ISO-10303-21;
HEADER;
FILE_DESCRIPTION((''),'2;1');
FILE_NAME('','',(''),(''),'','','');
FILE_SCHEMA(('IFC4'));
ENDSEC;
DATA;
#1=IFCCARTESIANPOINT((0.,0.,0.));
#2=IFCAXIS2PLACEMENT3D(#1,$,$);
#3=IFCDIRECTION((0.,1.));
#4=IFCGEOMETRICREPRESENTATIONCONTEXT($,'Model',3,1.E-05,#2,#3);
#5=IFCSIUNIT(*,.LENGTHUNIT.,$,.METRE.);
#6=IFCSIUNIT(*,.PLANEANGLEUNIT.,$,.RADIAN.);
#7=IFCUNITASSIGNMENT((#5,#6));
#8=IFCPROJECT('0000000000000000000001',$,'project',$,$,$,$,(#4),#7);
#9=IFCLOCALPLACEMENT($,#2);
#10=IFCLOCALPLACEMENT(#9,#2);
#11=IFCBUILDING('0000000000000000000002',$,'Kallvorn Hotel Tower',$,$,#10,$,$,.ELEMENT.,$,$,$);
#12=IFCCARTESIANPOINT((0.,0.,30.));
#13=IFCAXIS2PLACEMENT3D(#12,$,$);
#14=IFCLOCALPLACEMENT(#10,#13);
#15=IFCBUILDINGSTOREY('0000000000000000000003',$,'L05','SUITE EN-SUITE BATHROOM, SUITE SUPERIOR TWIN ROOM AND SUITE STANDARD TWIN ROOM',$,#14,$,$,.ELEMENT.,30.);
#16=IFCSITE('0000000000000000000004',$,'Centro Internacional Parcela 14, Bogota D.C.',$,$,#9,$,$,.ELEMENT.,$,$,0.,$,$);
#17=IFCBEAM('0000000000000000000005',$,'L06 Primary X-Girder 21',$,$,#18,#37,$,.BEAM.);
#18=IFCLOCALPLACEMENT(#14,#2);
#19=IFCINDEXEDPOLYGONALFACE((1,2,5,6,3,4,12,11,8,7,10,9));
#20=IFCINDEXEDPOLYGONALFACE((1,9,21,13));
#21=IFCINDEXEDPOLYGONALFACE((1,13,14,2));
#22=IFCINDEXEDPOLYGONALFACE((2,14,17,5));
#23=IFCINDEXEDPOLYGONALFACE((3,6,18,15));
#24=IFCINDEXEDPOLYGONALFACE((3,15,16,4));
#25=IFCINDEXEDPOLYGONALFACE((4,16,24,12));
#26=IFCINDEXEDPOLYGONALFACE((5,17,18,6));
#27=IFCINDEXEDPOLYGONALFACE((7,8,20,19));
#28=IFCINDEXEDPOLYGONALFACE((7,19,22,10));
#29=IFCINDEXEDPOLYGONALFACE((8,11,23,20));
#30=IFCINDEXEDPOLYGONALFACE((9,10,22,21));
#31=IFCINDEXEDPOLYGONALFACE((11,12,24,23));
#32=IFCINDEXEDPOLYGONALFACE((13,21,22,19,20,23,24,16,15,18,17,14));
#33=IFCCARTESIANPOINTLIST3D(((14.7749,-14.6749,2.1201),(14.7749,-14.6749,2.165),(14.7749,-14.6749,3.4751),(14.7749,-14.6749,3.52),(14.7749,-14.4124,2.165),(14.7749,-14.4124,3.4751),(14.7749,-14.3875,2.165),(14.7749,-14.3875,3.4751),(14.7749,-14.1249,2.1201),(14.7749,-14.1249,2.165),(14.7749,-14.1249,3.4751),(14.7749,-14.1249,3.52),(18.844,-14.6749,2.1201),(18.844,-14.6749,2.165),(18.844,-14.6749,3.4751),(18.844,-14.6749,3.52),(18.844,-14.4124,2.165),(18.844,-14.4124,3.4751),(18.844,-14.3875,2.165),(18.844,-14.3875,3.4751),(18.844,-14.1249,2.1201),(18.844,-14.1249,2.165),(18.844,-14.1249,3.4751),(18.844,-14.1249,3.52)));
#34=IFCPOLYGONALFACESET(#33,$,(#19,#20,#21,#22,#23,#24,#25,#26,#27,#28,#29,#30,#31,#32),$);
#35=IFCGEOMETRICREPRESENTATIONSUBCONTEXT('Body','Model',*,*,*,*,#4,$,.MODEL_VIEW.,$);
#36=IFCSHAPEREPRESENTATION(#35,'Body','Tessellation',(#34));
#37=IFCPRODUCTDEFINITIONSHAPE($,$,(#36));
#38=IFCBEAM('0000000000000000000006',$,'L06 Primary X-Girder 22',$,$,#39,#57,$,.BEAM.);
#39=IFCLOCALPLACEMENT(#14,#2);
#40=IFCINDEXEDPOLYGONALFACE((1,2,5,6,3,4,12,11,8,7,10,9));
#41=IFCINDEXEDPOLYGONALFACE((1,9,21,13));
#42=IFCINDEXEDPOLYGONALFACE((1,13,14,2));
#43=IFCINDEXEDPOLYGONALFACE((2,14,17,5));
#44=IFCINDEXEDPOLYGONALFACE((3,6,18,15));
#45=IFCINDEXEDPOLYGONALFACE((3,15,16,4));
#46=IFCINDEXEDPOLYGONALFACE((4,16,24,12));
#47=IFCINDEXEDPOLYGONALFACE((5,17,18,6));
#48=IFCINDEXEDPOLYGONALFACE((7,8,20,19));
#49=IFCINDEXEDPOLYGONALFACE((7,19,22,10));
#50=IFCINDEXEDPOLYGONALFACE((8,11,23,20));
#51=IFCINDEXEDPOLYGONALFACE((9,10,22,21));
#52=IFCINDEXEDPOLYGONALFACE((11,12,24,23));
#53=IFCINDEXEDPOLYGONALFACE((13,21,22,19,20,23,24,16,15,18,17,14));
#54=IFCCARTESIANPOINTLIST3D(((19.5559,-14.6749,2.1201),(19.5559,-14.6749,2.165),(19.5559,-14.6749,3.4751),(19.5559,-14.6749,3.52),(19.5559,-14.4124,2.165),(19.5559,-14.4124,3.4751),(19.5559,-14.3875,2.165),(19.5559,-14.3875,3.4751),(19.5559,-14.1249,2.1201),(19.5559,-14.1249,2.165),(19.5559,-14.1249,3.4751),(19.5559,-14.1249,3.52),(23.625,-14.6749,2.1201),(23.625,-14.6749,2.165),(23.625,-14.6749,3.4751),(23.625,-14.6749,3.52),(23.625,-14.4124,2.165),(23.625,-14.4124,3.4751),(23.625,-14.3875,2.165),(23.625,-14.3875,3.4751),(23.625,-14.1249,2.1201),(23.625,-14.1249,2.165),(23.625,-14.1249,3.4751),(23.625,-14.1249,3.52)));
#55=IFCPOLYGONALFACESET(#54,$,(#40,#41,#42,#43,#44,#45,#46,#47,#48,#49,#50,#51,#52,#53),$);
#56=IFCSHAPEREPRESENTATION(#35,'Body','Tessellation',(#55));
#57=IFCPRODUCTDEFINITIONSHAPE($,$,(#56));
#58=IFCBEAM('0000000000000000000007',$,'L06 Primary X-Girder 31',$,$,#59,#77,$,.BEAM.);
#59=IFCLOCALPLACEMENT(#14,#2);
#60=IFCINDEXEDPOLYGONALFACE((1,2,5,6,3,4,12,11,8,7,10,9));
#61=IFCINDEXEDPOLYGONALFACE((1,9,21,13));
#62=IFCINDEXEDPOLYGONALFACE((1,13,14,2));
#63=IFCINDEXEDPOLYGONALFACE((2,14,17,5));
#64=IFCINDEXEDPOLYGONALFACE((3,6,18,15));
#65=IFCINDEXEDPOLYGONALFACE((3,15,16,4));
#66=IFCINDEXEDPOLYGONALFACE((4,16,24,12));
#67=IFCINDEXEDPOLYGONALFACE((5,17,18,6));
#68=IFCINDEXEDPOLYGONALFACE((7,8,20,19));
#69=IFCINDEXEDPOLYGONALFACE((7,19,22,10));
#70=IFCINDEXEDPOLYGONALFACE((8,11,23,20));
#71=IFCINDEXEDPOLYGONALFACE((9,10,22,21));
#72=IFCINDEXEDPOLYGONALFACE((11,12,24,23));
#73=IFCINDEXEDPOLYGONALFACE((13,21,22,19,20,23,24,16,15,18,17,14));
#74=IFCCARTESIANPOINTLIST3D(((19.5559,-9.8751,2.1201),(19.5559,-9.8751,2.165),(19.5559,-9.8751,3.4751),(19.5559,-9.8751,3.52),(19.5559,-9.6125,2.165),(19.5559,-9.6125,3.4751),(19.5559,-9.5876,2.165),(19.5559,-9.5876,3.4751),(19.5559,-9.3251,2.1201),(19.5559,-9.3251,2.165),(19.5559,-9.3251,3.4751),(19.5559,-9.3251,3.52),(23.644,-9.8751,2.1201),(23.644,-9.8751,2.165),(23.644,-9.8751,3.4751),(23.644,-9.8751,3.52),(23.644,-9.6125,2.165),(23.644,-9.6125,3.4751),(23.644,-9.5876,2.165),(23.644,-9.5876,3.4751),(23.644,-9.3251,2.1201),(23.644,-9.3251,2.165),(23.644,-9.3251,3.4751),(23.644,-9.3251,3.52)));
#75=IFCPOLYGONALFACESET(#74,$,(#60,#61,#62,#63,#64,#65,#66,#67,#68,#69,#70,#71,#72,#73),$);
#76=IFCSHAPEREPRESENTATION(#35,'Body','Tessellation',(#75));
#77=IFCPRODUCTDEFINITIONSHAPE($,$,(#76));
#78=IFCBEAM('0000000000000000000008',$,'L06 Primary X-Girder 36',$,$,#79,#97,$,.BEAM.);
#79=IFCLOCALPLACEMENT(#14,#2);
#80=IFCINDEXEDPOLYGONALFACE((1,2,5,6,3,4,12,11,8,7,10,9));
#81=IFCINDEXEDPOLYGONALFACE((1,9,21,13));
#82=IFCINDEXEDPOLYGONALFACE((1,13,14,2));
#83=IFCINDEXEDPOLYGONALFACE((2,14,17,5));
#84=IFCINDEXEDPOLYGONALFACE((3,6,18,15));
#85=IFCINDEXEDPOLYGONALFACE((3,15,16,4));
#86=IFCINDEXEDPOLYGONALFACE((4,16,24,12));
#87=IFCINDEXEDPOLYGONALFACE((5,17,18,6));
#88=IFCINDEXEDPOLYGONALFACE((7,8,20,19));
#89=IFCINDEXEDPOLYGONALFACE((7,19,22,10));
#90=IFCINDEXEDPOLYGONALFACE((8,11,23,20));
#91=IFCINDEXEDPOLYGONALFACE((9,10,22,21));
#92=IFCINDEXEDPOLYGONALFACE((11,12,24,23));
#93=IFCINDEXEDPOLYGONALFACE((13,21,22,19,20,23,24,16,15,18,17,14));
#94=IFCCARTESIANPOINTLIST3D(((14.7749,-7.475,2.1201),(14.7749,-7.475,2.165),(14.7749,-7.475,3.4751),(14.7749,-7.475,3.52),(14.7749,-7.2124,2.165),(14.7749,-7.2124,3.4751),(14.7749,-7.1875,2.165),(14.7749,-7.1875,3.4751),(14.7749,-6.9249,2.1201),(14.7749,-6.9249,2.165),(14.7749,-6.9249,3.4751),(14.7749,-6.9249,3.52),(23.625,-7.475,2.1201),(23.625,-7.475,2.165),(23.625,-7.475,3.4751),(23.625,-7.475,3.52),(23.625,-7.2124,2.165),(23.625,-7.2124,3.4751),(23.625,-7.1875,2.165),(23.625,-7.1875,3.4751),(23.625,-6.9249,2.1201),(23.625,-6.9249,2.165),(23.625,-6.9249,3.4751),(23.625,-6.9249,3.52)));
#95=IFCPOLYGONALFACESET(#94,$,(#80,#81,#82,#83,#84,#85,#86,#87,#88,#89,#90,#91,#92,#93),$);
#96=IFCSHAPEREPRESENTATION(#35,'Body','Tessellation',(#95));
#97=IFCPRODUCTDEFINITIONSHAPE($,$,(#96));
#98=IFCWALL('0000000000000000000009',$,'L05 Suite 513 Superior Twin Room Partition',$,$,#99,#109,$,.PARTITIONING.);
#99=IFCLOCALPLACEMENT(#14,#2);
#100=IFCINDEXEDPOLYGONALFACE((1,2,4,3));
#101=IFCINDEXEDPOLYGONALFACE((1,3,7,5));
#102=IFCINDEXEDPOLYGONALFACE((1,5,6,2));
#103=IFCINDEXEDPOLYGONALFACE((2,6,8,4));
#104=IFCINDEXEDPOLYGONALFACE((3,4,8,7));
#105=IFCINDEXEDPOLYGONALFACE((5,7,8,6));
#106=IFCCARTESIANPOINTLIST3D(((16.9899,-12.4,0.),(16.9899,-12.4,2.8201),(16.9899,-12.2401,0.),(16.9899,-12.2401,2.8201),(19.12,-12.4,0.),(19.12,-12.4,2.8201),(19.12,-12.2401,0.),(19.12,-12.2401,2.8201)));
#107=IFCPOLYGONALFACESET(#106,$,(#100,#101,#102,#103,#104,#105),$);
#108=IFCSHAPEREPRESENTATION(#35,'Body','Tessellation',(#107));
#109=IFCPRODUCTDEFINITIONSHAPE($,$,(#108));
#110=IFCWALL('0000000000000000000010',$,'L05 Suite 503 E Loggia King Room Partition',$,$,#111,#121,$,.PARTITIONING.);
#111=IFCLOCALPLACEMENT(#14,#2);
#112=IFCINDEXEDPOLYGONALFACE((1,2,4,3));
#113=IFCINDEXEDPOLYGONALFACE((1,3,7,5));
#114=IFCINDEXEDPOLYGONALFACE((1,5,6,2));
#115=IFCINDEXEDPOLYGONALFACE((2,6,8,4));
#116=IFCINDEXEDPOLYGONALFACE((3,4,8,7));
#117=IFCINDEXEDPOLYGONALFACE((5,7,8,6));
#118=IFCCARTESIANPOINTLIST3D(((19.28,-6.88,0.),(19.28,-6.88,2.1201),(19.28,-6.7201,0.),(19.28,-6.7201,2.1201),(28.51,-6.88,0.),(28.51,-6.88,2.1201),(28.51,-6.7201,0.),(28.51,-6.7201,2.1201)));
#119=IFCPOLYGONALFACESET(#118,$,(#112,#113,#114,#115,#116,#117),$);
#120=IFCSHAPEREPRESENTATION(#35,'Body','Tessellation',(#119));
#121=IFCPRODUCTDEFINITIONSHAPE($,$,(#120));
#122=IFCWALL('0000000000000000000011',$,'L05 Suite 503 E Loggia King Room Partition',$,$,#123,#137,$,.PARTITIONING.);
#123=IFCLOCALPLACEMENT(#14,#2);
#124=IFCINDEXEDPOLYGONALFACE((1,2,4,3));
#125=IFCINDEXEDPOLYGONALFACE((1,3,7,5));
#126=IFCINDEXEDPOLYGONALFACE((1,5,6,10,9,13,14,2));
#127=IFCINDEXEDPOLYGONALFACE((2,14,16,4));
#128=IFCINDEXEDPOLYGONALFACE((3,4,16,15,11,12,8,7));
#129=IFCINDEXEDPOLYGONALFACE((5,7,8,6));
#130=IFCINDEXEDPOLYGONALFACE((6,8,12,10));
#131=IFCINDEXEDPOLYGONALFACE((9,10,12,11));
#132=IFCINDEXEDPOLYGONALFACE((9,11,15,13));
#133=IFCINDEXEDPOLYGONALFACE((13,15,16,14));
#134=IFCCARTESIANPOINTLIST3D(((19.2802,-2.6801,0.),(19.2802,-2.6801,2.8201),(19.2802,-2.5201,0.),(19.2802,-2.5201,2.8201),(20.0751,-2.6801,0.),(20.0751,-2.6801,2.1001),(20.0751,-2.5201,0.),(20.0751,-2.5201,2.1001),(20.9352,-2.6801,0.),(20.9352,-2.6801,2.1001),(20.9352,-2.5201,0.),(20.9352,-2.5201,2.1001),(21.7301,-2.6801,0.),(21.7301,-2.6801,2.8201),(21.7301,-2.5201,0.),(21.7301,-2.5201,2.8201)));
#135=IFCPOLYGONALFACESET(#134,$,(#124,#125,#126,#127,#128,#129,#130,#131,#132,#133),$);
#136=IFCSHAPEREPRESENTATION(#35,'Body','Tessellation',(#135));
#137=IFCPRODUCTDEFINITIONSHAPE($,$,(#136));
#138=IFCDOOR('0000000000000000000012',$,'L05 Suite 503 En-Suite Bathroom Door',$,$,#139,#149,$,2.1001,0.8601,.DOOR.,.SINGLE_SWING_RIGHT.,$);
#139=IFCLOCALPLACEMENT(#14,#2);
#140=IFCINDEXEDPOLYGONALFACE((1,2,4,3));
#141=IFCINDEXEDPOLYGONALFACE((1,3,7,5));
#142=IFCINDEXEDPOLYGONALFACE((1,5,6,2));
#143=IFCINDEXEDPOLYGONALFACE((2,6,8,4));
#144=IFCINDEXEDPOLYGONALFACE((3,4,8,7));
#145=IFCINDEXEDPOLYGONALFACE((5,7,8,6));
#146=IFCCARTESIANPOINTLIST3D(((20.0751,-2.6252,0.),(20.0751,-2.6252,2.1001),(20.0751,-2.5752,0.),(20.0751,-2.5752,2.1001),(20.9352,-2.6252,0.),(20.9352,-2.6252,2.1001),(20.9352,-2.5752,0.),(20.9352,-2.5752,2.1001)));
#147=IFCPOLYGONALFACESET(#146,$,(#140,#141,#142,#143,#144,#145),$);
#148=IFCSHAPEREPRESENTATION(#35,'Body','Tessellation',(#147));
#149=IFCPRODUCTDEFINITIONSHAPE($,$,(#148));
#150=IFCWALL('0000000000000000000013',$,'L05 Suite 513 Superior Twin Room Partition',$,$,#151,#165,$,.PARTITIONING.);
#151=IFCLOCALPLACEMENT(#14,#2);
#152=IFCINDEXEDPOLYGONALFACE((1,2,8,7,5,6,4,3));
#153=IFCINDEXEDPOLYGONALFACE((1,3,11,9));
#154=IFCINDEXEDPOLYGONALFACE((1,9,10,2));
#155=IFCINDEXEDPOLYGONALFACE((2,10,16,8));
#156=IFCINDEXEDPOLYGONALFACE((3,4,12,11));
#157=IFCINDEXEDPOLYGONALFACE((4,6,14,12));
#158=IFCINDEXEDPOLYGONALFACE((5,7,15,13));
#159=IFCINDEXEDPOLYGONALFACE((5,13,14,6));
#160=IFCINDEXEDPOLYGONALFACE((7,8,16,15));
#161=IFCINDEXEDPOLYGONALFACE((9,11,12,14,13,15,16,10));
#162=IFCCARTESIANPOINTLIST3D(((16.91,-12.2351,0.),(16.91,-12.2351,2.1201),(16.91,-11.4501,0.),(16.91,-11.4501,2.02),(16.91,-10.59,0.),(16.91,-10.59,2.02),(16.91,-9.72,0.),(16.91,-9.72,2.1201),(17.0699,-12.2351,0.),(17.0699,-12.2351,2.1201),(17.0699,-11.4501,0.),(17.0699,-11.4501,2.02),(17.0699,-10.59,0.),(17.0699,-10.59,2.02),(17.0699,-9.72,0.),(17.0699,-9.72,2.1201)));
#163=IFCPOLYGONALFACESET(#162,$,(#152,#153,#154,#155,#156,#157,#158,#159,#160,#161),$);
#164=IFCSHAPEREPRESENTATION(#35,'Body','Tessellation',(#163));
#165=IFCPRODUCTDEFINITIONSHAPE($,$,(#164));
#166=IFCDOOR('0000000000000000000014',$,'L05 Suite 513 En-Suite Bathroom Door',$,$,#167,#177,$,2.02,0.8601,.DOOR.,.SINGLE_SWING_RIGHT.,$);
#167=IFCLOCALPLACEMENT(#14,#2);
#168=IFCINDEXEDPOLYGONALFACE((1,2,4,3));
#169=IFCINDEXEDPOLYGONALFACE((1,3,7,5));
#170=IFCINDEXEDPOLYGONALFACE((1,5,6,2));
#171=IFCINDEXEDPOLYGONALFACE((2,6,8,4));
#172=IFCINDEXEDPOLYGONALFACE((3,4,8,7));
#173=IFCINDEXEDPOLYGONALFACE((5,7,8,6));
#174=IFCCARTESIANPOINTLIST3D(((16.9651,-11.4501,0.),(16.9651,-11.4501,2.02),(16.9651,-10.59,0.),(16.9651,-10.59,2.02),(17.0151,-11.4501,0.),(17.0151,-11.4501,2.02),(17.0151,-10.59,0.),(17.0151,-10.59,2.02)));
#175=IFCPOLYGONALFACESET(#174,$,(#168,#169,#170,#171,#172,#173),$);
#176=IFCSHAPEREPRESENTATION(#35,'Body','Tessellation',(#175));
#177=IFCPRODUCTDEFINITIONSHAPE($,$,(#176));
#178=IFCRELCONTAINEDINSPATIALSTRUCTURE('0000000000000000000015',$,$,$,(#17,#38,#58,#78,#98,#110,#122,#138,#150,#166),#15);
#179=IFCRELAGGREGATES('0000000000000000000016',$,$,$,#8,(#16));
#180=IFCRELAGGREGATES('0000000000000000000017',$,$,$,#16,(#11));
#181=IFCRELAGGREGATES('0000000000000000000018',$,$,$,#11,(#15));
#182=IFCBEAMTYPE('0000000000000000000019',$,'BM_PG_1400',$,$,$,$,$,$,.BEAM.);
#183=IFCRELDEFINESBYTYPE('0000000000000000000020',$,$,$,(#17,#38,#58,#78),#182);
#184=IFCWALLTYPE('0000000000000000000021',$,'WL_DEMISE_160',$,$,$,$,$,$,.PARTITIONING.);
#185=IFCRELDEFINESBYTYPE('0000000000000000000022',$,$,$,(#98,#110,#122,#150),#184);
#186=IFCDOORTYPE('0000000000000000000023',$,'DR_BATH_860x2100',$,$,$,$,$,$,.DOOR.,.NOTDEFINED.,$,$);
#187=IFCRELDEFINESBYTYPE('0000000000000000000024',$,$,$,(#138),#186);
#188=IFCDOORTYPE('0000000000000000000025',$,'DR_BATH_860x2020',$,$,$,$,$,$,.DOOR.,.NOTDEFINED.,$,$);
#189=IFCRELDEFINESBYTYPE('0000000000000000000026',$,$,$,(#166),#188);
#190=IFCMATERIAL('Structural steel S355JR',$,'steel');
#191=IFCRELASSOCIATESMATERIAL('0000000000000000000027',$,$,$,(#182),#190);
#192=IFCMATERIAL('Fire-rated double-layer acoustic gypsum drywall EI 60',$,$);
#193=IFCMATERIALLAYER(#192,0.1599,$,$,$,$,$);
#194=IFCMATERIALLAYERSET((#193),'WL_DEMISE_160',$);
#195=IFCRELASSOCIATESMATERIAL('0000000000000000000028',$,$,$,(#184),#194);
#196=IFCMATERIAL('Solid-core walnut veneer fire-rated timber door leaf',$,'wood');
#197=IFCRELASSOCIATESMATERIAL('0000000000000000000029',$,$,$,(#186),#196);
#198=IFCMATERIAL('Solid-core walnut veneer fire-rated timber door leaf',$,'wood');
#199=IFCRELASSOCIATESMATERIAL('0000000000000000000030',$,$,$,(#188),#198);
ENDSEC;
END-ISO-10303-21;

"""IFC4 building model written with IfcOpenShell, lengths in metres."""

from ifc_helpers import new_model, si_unit, direction, frame, frame_2d, origin, origin_2d, place, context, subcontext, project, spatial, rectangle, i_section, extrude, material, layer, layer_set, material_profile, profile_set, type_object, element, fill, save


model = new_model("IFC4")

# Units and contexts
model_context = context("Model", 3, precision=1e-05, world=origin(), true_north=direction((0.0, 1.0)))
body_context = subcontext(model_context, "Body", "Model", "MODEL_VIEW")
ifc_project = project(units=[si_unit("LENGTHUNIT", "METRE"), si_unit("PLANEANGLEUNIT", "RADIAN")], contexts=[model_context])

# Site, building, storey
site_placement = place(None, origin())
site = spatial("IfcSite", under=ifc_project, at=site_placement, Name="Centro Internacional Parcela 14, Bogota D.C.", CompositionType="ELEMENT", RefElevation=0.0)
building_placement = place(site_placement, origin())
building = spatial("IfcBuilding", under=site, at=building_placement, Name="Kallvorn Hotel Tower", CompositionType="ELEMENT")
storey_placement = place(building_placement, frame((0.0, 0.0, 30.0)))
storey = spatial("IfcBuildingStorey", under=building, at=storey_placement, Name="L05", Description="SUITE EN-SUITE BATHROOM, SUITE SUPERIOR TWIN ROOM AND SUITE STANDARD TWIN ROOM", CompositionType="ELEMENT", Elevation=30.0)

# Beams
ifc_material_1 = material(Name="Structural steel S355JR", Category="steel")
ifc_material_profile_1 = material_profile(ifc_material_1, i_section(OverallWidth=0.55, OverallDepth=1.3999, WebThickness=0.0249, FlangeThickness=0.0449, at=origin_2d()), Name="PG 1400x550x25x45")
ifc_profile_set_1 = profile_set([ifc_material_profile_1], Name="Structural steel S355JR")
beam_type_1 = type_object("IfcBeamType", Name="BM_PG_1400", PredefinedType="BEAM", material=ifc_profile_set_1)
for number, where, z_axis, x_axis, name in (
    (1, (14.7749, -14.3999, 2.8201), (1.0, 0.0, 0.0), (0.0, 1.0, 0.0), "L06 Primary X-Girder 21"),
    (2, (19.5559, -14.3999, 2.8201), (1.0, 0.0, 0.0), (0.0, 1.0, 0.0), "L06 Primary X-Girder 22"),
):
    element("IfcBeam", number, at=place(storey_placement, frame(where, z_axis=z_axis, x_axis=x_axis)), inside=storey, type_object=beam_type_1, Name=name, PredefinedType="BEAM", context=body_context, shape_type="SweptSolid", body=[
        extrude(i_section(OverallWidth=0.55, OverallDepth=1.3999, WebThickness=0.0249, FlangeThickness=0.0449, at=origin_2d()), origin(), (0.0, 0.0, 1.0), 4.0691),
    ])
beam_1_placement = place(storey_placement, frame((19.5559, -9.6001, 2.8201), z_axis=(1.0, 0.0, 0.0), x_axis=(0.0, 1.0, 0.0)))
element("IfcBeam", 3, at=beam_1_placement, inside=storey, type_object=beam_type_1, Name="L06 Primary X-Girder 31", PredefinedType="BEAM", context=body_context, shape_type="SweptSolid", body=[
    extrude(i_section(OverallWidth=0.55, OverallDepth=1.3999, WebThickness=0.0249, FlangeThickness=0.0449, at=origin_2d()), origin(), (0.0, 0.0, 1.0), 4.0881),
])
beam_2_placement = place(storey_placement, frame((14.7749, -7.2, 2.8201), z_axis=(1.0, 0.0, 0.0), x_axis=(0.0, 1.0, 0.0)))
element("IfcBeam", 4, at=beam_2_placement, inside=storey, type_object=beam_type_1, Name="L06 Primary X-Girder 36", PredefinedType="BEAM", context=body_context, shape_type="SweptSolid", body=[
    extrude(i_section(OverallWidth=0.55, OverallDepth=1.3999, WebThickness=0.0249, FlangeThickness=0.0449, at=origin_2d()), origin(), (0.0, 0.0, 1.0), 8.8501),
])

# Walls
ifc_material_2 = material(Name="Fire-rated double-layer acoustic gypsum drywall EI 60")
ifc_layer = layer(ifc_material_2, 0.1599)
ifc_layer_set = layer_set([ifc_layer], Name="WL_DEMISE_160")
wall_type = type_object("IfcWallType", Name="WL_DEMISE_160", PredefinedType="PARTITIONING", material=ifc_layer_set)
wall_1_placement = place(storey_placement, frame((16.99, -12.3201, 0.0), z_axis=(0.0, 0.0, 1.0), x_axis=(1.0, 0.0, 0.0)))
element("IfcWall", 5, at=wall_1_placement, inside=storey, type_object=wall_type, Name="L05 Suite 513 Superior Twin Room Partition", PredefinedType="PARTITIONING", context=body_context, shape_type="SweptSolid", body=[
    extrude(rectangle(XDim=2.1301, YDim=0.1599, at=frame_2d((1.0649, 0.0))), origin(), (0.0, 0.0, 1.0), 2.8201),
])
wall_2_placement = place(storey_placement, frame((19.28, -6.8, 0.0), z_axis=(0.0, 0.0, 1.0), x_axis=(1.0, 0.0, 0.0)))
element("IfcWall", 6, at=wall_2_placement, inside=storey, type_object=wall_type, Name="L05 Suite 503 E Loggia King Room Partition", PredefinedType="PARTITIONING", context=body_context, shape_type="SweptSolid", body=[
    extrude(rectangle(XDim=9.23, YDim=0.1599, at=frame_2d((4.615, 0.0))), origin(), (0.0, 0.0, 1.0), 2.1201),
])

# Walls, openings, doors
wall_3_placement = place(storey_placement, frame((19.28, -2.6001, 0.0), z_axis=(0.0, 0.0, 1.0), x_axis=(1.0, 0.0, 0.0)))
wall_3 = element("IfcWall", 7, at=wall_3_placement, inside=storey, type_object=wall_type, Name="L05 Suite 503 E Loggia King Room Partition", PredefinedType="PARTITIONING", context=body_context, shape_type="SweptSolid", body=[
    extrude(rectangle(XDim=2.45, YDim=0.1599, at=frame_2d((1.2251, 0.0))), origin(), (0.0, 0.0, 1.0), 2.8201),
])
opening_1_placement = place(wall_3_placement, frame((0.7949, 0.0, 0.0)))
opening_1 = element("IfcOpeningElement", 8, at=opening_1_placement, cuts=wall_3, PredefinedType="OPENING", context=body_context, shape_type="SweptSolid", body=[
    extrude(rectangle(XDim=0.8601, YDim=2.1001, at=frame_2d((0.4302, 1.05))), frame((0.0, 0.095, 0.0), z_axis=(0.0, -1.0, 0.0), x_axis=(1.0, 0.0, 0.0)), (0.0, 0.0, 1.0), 0.1899),
])
ifc_material_3 = material(Name="Solid-core walnut veneer fire-rated timber door leaf", Category="wood")
door_type_1 = type_object("IfcDoorType", Name="DR_BATH_860x2100", OperationType="NOTDEFINED", PredefinedType="DOOR", material=ifc_material_3)
door_1_placement = place(opening_1_placement, origin())
door_1 = element("IfcDoor", 9, at=door_1_placement, inside=storey, type_object=door_type_1, Name="L05 Suite 503 En-Suite Bathroom Door", OperationType="SINGLE_SWING_RIGHT", OverallHeight=2.1001, OverallWidth=0.8601, PredefinedType="DOOR", context=body_context, shape_type="SweptSolid", body=[
    extrude(rectangle(XDim=0.8601, YDim=2.1001, at=frame_2d((0.4302, 1.05))), frame((0.0, 0.0249, 0.0), z_axis=(0.0, -1.0, 0.0), x_axis=(1.0, 0.0, 0.0)), (0.0, 0.0, 1.0), 0.05),
])
fill(opening_1, door_1)
wall_4_placement = place(storey_placement, frame((16.99, -12.2351, 0.0), z_axis=(0.0, 0.0, 1.0), x_axis=(0.0, 1.0, 0.0)))
wall_4 = element("IfcWall", 10, at=wall_4_placement, inside=storey, type_object=wall_type, Name="L05 Suite 513 Superior Twin Room Partition", PredefinedType="PARTITIONING", context=body_context, shape_type="SweptSolid", body=[
    extrude(rectangle(XDim=2.5151, YDim=0.1599, at=frame_2d((1.2576, 0.0))), origin(), (0.0, 0.0, 1.0), 2.1201),
])
opening_2_placement = place(wall_4_placement, frame((0.7849, 0.0, 0.0)))
opening_2 = element("IfcOpeningElement", 11, at=opening_2_placement, cuts=wall_4, PredefinedType="OPENING", context=body_context, shape_type="SweptSolid", body=[
    extrude(rectangle(XDim=0.8601, YDim=2.02, at=frame_2d((0.4302, 1.01))), frame((0.0, 0.095, 0.0), z_axis=(0.0, -1.0, 0.0), x_axis=(1.0, 0.0, 0.0)), (0.0, 0.0, 1.0), 0.1899),
])
ifc_material_4 = material(Name="Solid-core walnut veneer fire-rated timber door leaf", Category="wood")
door_type_2 = type_object("IfcDoorType", Name="DR_BATH_860x2020", OperationType="NOTDEFINED", PredefinedType="DOOR", material=ifc_material_4)
door_2_placement = place(opening_2_placement, origin())
door_2 = element("IfcDoor", 12, at=door_2_placement, inside=storey, type_object=door_type_2, Name="L05 Suite 513 En-Suite Bathroom Door", OperationType="SINGLE_SWING_RIGHT", OverallHeight=2.02, OverallWidth=0.8601, PredefinedType="DOOR", context=body_context, shape_type="SweptSolid", body=[
    extrude(rectangle(XDim=0.8601, YDim=2.02, at=frame_2d((0.4302, 1.01))), frame((0.0, 0.0249, 0.0), z_axis=(0.0, -1.0, 0.0), x_axis=(1.0, 0.0, 0.0)), (0.0, 0.0, 1.0), 0.05),
])
fill(opening_2, door_2)

save(model, "model.ifc")
